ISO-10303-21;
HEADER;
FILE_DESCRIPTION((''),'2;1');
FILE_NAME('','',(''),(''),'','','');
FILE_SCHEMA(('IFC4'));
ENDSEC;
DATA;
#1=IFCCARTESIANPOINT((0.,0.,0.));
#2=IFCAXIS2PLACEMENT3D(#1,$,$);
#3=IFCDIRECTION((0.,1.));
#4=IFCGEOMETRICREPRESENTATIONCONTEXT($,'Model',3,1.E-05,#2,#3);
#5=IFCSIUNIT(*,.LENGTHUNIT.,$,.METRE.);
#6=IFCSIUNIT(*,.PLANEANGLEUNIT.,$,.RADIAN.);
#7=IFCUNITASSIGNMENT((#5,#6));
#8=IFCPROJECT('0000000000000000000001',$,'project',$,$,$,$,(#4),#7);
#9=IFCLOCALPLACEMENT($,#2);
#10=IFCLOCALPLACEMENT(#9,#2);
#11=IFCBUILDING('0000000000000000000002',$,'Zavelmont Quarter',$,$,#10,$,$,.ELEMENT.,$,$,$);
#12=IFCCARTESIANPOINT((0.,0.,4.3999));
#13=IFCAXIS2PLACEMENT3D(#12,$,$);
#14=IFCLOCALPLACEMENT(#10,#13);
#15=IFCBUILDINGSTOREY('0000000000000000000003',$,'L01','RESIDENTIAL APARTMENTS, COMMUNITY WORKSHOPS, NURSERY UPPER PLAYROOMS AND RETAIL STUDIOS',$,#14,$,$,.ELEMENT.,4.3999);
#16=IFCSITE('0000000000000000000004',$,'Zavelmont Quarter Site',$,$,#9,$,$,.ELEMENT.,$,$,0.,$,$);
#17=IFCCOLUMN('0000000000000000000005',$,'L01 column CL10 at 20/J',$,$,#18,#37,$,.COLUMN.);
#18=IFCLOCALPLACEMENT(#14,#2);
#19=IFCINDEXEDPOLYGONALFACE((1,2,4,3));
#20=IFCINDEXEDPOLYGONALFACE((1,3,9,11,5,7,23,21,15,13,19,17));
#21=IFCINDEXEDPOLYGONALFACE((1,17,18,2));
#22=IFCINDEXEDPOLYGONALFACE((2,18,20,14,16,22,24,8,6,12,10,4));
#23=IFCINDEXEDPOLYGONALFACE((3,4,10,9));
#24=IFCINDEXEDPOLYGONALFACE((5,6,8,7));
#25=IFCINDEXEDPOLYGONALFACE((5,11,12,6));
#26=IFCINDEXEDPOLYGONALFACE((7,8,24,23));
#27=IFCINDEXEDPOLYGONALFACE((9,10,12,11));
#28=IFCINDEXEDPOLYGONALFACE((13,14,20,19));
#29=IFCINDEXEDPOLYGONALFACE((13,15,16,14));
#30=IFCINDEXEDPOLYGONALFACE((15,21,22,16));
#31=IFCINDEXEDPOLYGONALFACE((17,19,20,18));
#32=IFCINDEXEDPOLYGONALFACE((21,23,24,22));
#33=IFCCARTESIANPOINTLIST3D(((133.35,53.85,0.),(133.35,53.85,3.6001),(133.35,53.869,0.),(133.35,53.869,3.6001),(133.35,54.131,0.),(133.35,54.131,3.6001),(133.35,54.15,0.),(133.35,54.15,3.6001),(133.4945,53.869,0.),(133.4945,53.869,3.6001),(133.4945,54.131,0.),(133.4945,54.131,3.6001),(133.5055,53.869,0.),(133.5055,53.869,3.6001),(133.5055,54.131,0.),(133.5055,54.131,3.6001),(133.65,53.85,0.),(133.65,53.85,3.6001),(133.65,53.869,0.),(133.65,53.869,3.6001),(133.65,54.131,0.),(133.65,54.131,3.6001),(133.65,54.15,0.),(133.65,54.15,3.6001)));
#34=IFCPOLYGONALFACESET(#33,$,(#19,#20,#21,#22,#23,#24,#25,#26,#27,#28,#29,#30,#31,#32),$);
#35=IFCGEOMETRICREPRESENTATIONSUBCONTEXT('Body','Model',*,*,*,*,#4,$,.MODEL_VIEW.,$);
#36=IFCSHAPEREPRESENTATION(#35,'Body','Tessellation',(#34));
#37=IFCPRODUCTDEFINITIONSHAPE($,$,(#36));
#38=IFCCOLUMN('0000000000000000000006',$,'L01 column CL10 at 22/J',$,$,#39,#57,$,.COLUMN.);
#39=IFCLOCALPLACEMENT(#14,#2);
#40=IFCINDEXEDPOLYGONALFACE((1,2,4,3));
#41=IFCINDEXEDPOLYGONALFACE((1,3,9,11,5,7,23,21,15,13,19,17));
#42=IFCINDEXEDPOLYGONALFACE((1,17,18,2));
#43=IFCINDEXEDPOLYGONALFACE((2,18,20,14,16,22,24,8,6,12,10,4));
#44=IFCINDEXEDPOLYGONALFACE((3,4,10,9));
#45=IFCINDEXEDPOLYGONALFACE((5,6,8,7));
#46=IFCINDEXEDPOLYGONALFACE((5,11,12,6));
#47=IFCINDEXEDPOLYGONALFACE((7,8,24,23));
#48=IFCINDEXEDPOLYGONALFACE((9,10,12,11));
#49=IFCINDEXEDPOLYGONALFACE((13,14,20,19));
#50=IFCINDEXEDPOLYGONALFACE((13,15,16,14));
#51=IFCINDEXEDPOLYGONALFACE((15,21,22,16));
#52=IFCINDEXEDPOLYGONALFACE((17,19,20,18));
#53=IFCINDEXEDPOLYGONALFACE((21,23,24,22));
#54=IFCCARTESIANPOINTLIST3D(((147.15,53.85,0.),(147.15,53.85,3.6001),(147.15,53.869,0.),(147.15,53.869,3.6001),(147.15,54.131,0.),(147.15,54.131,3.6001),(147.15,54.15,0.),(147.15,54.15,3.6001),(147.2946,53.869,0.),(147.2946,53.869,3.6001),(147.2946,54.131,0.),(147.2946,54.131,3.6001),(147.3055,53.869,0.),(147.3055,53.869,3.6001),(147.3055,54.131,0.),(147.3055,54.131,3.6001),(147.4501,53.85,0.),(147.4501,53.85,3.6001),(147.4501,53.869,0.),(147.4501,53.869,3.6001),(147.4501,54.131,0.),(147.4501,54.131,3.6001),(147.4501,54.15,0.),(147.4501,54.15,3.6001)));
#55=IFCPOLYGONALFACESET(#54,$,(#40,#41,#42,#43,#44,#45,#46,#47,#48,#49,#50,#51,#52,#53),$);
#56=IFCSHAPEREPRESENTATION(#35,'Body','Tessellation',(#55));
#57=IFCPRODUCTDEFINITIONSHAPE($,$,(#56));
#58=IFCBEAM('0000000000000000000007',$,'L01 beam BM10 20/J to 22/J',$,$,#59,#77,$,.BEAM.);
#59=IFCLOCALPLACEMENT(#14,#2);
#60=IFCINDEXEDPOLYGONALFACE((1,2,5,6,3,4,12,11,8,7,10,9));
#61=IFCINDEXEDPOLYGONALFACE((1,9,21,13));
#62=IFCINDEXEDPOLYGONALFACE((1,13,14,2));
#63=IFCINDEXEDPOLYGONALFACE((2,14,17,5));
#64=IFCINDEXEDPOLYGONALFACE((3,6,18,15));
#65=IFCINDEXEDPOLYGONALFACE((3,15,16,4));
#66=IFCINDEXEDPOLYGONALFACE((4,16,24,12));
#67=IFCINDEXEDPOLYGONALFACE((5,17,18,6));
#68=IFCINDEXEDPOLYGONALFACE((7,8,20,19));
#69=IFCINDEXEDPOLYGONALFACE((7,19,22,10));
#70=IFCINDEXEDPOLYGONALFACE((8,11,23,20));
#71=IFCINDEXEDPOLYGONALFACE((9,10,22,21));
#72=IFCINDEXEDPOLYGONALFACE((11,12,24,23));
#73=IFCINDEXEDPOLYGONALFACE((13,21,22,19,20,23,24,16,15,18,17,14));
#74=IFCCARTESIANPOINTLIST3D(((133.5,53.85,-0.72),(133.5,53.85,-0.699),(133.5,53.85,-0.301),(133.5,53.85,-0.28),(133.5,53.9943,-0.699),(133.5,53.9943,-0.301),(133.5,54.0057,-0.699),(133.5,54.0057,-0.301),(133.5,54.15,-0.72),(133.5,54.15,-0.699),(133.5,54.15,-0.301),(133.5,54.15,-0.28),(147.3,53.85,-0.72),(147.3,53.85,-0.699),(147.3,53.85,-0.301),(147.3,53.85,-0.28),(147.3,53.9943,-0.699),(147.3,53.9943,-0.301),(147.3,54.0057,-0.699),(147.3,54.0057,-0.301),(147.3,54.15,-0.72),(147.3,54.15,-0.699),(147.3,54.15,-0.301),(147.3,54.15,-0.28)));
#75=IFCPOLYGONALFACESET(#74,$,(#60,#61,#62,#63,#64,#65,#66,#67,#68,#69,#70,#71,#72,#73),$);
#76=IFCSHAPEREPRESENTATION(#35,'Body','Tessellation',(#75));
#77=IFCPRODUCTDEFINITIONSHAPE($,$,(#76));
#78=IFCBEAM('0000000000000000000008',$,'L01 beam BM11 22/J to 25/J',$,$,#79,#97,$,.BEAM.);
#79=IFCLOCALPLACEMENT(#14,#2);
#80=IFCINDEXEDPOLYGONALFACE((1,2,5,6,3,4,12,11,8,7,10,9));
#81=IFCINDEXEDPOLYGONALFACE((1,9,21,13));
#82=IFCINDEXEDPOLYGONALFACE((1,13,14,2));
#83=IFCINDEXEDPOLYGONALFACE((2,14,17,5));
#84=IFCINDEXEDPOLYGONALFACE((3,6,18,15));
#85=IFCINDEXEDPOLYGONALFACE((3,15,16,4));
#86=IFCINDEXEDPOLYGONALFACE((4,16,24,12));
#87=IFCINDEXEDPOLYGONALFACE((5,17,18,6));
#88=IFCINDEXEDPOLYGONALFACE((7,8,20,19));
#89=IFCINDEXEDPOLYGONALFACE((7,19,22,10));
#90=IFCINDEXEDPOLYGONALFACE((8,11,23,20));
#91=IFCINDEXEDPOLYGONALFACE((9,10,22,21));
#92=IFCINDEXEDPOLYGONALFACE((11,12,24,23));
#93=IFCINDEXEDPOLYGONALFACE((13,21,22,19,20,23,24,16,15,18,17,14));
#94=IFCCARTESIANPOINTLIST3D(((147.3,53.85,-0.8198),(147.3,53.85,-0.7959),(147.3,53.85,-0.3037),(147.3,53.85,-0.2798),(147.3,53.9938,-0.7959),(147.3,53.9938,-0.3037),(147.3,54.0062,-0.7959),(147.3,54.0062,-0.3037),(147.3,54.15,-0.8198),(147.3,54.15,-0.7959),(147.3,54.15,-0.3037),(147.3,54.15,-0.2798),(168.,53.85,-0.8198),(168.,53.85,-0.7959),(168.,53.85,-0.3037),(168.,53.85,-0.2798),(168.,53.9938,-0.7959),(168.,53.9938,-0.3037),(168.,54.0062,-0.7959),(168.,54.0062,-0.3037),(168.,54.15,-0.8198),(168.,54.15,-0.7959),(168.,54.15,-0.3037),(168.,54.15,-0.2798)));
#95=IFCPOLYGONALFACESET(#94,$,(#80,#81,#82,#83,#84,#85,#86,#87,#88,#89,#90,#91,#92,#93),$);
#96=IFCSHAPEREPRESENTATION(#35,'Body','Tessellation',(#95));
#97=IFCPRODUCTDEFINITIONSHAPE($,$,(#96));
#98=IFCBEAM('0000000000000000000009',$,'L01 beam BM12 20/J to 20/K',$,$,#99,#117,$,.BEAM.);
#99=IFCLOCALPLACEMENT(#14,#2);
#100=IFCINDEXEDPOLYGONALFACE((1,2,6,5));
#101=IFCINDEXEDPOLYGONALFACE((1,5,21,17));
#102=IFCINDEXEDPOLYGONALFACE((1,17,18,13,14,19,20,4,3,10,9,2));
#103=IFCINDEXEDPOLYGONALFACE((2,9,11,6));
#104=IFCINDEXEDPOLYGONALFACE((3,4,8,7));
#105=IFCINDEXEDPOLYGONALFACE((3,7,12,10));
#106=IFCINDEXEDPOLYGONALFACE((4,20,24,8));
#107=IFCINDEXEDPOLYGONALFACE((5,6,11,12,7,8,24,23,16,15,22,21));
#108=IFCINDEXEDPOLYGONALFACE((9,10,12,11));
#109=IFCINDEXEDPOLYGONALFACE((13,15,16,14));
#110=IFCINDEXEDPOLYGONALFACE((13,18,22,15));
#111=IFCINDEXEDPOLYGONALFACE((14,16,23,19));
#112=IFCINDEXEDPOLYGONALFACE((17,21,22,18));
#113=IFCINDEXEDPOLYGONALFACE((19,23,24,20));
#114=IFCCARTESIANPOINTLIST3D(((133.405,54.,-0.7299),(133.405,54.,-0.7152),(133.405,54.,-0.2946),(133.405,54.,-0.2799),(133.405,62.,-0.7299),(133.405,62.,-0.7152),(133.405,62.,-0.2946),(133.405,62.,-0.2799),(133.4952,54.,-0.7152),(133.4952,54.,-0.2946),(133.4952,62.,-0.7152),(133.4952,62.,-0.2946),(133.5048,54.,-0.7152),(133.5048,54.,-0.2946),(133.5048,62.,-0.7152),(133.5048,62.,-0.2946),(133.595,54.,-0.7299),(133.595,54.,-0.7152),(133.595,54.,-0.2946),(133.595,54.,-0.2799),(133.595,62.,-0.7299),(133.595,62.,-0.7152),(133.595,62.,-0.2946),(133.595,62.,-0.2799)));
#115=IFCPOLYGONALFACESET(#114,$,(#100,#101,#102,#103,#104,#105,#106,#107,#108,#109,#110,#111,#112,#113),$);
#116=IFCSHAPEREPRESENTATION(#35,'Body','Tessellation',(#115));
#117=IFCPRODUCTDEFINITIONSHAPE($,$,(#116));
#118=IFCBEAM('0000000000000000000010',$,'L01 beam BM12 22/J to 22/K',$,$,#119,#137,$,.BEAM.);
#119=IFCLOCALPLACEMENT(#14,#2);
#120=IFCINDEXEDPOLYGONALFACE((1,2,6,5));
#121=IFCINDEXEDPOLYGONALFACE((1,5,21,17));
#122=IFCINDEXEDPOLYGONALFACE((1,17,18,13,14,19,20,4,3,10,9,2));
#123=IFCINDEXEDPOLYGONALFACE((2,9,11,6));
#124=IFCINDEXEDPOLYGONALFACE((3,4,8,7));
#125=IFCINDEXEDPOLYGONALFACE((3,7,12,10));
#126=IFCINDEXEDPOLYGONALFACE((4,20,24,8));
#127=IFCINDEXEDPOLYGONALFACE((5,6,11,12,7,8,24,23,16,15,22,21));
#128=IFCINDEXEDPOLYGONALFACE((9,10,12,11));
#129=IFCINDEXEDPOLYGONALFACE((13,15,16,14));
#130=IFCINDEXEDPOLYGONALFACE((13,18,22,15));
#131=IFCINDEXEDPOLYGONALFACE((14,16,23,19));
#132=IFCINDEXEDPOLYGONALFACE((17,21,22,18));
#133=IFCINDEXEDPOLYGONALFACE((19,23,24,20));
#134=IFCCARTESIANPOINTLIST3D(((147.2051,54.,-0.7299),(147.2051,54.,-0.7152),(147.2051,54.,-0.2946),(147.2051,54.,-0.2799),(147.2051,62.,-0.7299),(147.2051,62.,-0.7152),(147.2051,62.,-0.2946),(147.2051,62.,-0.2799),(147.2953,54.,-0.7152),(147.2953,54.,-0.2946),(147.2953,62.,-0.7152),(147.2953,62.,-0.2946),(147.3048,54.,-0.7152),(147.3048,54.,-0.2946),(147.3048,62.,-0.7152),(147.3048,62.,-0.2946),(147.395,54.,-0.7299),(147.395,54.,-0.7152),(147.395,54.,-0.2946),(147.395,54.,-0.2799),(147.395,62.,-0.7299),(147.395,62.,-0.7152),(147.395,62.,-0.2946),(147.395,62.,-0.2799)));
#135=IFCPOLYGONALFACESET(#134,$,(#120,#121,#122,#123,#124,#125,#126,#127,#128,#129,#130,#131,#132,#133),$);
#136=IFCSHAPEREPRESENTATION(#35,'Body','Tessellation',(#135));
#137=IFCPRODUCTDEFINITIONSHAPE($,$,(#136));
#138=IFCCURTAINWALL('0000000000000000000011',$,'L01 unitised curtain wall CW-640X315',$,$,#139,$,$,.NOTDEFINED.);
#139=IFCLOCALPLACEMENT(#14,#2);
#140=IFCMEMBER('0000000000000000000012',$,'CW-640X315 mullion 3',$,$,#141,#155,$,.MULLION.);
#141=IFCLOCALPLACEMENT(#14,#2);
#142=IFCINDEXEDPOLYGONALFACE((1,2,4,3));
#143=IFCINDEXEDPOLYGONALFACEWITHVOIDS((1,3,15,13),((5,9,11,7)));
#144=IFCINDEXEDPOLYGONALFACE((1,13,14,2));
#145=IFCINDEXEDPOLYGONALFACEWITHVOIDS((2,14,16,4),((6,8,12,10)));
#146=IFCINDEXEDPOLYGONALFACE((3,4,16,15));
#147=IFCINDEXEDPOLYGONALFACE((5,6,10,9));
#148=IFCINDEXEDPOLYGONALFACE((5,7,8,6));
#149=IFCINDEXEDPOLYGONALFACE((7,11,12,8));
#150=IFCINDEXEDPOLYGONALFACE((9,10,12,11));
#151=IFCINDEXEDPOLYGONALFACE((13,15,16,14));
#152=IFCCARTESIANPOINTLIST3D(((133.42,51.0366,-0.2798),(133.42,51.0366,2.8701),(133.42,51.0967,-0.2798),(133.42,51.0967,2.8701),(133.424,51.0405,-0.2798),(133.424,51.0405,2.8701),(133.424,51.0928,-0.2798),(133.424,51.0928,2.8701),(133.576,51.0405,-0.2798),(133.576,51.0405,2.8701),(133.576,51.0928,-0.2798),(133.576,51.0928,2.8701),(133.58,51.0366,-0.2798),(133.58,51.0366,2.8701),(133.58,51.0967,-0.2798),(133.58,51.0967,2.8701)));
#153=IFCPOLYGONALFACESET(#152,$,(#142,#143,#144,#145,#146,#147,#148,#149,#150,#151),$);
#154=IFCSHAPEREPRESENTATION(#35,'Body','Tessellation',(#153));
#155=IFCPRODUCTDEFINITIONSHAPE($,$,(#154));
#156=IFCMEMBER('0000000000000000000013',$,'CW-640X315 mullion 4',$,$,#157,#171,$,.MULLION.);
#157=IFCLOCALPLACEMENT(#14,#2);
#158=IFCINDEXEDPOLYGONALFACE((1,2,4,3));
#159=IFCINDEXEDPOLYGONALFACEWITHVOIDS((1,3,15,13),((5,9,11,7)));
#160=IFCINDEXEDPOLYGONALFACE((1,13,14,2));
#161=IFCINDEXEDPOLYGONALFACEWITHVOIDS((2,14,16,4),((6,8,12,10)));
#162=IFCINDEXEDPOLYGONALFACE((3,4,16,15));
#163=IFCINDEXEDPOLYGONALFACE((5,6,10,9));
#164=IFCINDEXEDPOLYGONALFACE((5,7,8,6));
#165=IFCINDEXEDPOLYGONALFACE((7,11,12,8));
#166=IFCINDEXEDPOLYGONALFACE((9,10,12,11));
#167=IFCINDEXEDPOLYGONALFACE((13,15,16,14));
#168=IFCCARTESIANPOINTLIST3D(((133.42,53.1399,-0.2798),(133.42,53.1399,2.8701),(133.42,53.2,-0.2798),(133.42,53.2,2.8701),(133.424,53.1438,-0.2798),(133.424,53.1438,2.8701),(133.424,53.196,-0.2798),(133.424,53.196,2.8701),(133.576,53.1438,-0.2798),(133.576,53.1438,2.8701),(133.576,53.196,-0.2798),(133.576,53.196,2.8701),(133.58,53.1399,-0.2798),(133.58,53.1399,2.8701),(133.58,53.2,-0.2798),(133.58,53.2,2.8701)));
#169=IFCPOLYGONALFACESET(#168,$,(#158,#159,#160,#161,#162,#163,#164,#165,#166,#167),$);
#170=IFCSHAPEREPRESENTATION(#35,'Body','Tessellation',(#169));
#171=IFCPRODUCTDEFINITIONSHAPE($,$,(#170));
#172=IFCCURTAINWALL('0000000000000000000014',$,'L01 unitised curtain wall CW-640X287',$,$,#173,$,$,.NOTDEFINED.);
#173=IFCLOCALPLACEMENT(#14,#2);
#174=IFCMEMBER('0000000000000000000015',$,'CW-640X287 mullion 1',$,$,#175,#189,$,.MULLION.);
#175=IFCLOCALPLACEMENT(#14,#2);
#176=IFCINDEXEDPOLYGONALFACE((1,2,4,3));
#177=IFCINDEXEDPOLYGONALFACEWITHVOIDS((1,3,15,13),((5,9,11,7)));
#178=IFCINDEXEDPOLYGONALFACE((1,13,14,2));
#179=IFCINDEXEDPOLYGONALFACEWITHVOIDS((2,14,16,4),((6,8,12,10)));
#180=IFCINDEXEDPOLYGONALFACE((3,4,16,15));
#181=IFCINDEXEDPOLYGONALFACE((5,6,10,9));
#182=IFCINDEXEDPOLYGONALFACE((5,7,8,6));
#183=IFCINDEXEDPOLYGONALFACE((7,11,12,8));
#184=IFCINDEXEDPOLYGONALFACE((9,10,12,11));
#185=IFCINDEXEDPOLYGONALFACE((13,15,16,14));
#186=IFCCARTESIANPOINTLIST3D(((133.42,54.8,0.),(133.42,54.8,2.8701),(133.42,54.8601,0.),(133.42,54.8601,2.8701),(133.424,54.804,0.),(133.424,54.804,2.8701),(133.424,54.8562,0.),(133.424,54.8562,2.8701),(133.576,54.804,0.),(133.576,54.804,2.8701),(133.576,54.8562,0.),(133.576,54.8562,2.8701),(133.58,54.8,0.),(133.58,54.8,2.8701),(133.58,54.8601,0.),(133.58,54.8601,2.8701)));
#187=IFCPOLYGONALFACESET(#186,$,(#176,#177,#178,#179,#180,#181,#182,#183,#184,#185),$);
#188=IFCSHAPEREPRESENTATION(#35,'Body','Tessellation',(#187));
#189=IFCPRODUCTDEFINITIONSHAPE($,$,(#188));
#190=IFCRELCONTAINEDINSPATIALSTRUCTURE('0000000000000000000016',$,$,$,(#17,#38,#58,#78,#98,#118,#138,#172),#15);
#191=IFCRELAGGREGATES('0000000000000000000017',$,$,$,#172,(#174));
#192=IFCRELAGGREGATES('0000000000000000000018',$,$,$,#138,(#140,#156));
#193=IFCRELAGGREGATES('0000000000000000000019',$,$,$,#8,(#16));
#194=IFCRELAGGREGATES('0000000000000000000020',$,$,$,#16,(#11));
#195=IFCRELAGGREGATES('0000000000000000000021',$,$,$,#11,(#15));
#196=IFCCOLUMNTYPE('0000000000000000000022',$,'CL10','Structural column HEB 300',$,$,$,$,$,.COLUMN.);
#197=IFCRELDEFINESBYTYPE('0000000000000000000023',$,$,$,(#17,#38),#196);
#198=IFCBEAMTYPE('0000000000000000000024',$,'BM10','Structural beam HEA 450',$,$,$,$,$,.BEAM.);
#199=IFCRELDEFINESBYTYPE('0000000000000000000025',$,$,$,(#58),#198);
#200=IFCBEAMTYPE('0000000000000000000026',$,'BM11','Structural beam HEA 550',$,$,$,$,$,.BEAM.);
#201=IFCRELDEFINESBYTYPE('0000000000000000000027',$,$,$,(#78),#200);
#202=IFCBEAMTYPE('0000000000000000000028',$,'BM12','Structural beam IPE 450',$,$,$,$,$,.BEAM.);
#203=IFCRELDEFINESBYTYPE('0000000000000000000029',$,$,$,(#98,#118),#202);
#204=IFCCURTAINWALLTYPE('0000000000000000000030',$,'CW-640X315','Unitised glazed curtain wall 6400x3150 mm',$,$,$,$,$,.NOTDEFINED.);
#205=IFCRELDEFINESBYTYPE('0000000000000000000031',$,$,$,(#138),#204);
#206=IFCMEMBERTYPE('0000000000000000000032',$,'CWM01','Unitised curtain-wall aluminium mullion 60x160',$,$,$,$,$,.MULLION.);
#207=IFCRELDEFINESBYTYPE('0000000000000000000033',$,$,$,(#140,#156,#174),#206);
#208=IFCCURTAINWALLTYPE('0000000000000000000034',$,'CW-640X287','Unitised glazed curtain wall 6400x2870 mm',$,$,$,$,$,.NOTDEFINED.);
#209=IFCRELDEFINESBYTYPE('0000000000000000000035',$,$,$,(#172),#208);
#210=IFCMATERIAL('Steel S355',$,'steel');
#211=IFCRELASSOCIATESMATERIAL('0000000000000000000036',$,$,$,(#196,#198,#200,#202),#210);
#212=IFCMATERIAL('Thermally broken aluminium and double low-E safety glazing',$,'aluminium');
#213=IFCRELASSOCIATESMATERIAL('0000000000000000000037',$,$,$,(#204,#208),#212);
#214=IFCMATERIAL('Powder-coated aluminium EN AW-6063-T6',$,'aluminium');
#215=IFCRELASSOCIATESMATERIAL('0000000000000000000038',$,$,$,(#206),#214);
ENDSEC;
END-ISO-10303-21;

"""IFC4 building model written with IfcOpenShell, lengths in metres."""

from ifc_helpers import new_model, si_unit, direction, frame, origin, origin_2d, place, context, subcontext, project, spatial, hollow_rectangle, i_section, extrude, material, material_profile, profile_set, type_object, element, aggregate, save


model = new_model("IFC4")

# Units and contexts
model_context = context("Model", 3, precision=1e-05, world=origin(), true_north=direction((0.0, 1.0)))
body_context = subcontext(model_context, "Body", "Model", "MODEL_VIEW")
ifc_project = project(units=[si_unit("LENGTHUNIT", "METRE"), si_unit("PLANEANGLEUNIT", "RADIAN")], contexts=[model_context])

# Site, building, storey
site_placement = place(None, origin())
site = spatial("IfcSite", under=ifc_project, at=site_placement, Name="Zavelmont Quarter Site", CompositionType="ELEMENT", RefElevation=0.0)
building_placement = place(site_placement, origin())
building = spatial("IfcBuilding", under=site, at=building_placement, Name="Zavelmont Quarter", CompositionType="ELEMENT")
storey_placement = place(building_placement, frame((0.0, 0.0, 4.3999)))
storey = spatial("IfcBuildingStorey", under=building, at=storey_placement, Name="L01", Description="RESIDENTIAL APARTMENTS, COMMUNITY WORKSHOPS, NURSERY UPPER PLAYROOMS AND RETAIL STUDIOS", CompositionType="ELEMENT", Elevation=4.3999)

# Columns
ifc_material_1 = material(Name="Steel S355", Category="steel")
ifc_material_profile_1 = material_profile(ifc_material_1, i_section(OverallWidth=0.3, OverallDepth=0.3, WebThickness=0.011, FlangeThickness=0.019, at=origin_2d()), Name="HEB 300")
ifc_profile_set_1 = profile_set([ifc_material_profile_1], Name="Steel S355")
column_type = type_object("IfcColumnType", Name="CL10", Description="Structural column HEB 300", PredefinedType="COLUMN", material=ifc_profile_set_1)
for number, where, z_axis, x_axis, name in (
    (1, (133.5, 54.0, 0.0), (0.0, 0.0, 1.0), (1.0, 0.0, 0.0), "L01 column CL10 at 20/J"),
    (2, (147.3, 54.0, 0.0), (0.0, 0.0, 1.0), (1.0, 0.0, 0.0), "L01 column CL10 at 22/J"),
):
    element("IfcColumn", number, at=place(storey_placement, frame(where, z_axis=z_axis, x_axis=x_axis)), inside=storey, type_object=column_type, Name=name, PredefinedType="COLUMN", context=body_context, shape_type="SweptSolid", body=[
        extrude(i_section(OverallWidth=0.3, OverallDepth=0.3, WebThickness=0.011, FlangeThickness=0.019, at=origin_2d()), origin(), (0.0, 0.0, 1.0), 3.6001),
    ])

# Beams
ifc_material_profile_2 = material_profile(ifc_material_1, i_section(OverallWidth=0.3, OverallDepth=0.4399, WebThickness=0.0115, FlangeThickness=0.021, at=origin_2d()), Name="HEA 450")
ifc_profile_set_2 = profile_set([ifc_material_profile_2], Name="Steel S355")
beam_type_1 = type_object("IfcBeamType", Name="BM10", Description="Structural beam HEA 450", PredefinedType="BEAM", material=ifc_profile_set_2)
beam_1_placement = place(storey_placement, frame((133.5, 54.0, -0.5), z_axis=(1.0, 0.0, 0.0), x_axis=(0.0, 1.0, 0.0)))
element("IfcBeam", 3, at=beam_1_placement, inside=storey, type_object=beam_type_1, Name="L01 beam BM10 20/J to 22/J", PredefinedType="BEAM", context=body_context, shape_type="SweptSolid", body=[
    extrude(i_section(OverallWidth=0.3, OverallDepth=0.4399, WebThickness=0.0115, FlangeThickness=0.021, at=origin_2d()), origin(), (0.0, 0.0, 1.0), 13.8),
])
ifc_material_profile_3 = material_profile(ifc_material_1, i_section(OverallWidth=0.3, OverallDepth=0.54, WebThickness=0.0125, FlangeThickness=0.0239, at=origin_2d()), Name="HEA 550")
ifc_profile_set_3 = profile_set([ifc_material_profile_3], Name="Steel S355")
beam_type_2 = type_object("IfcBeamType", Name="BM11", Description="Structural beam HEA 550", PredefinedType="BEAM", material=ifc_profile_set_3)
beam_2_placement = place(storey_placement, frame((147.3, 54.0, -0.5498), z_axis=(1.0, 0.0, 0.0), x_axis=(0.0, 1.0, 0.0)))
element("IfcBeam", 4, at=beam_2_placement, inside=storey, type_object=beam_type_2, Name="L01 beam BM11 22/J to 25/J", PredefinedType="BEAM", context=body_context, shape_type="SweptSolid", body=[
    extrude(i_section(OverallWidth=0.3, OverallDepth=0.54, WebThickness=0.0125, FlangeThickness=0.0239, at=origin_2d()), origin(), (0.0, 0.0, 1.0), 20.7),
])
ifc_material_profile_4 = material_profile(ifc_material_1, i_section(OverallWidth=0.1899, OverallDepth=0.45, WebThickness=0.0095, FlangeThickness=0.0146, at=origin_2d()), Name="IPE 450")
ifc_profile_set_4 = profile_set([ifc_material_profile_4], Name="Steel S355")
beam_type_3 = type_object("IfcBeamType", Name="BM12", Description="Structural beam IPE 450", PredefinedType="BEAM", material=ifc_profile_set_4)
for number, where, z_axis, x_axis, name in (
    (5, (133.5, 54.0, -0.5049), (0.0, 1.0, 0.0), (-1.0, 0.0, 0.0), "L01 beam BM12 20/J to 20/K"),
    (6, (147.3, 54.0, -0.5049), (0.0, 1.0, 0.0), (-1.0, 0.0, 0.0), "L01 beam BM12 22/J to 22/K"),
):
    element("IfcBeam", number, at=place(storey_placement, frame(where, z_axis=z_axis, x_axis=x_axis)), inside=storey, type_object=beam_type_3, Name=name, PredefinedType="BEAM", context=body_context, shape_type="SweptSolid", body=[
        extrude(i_section(OverallWidth=0.1899, OverallDepth=0.45, WebThickness=0.0095, FlangeThickness=0.0146, at=origin_2d()), origin(), (0.0, 0.0, 1.0), 8.0),
    ])

# Curtain wall, members
ifc_material_2 = material(Name="Thermally broken aluminium and double low-E safety glazing", Category="aluminium")
curtain_wall_type_1 = type_object("IfcCurtainWallType", Name="CW-640X315", Description="Unitised glazed curtain wall 6400x3150 mm", PredefinedType="NOTDEFINED", material=ifc_material_2)
curtain_wall_1_placement = place(storey_placement, origin())
curtain_wall_1 = element("IfcCurtainWall", 7, at=curtain_wall_1_placement, inside=storey, type_object=curtain_wall_type_1, Name="L01 unitised curtain wall CW-640X315", PredefinedType="NOTDEFINED")
ifc_material_3 = material(Name="Powder-coated aluminium EN AW-6063-T6", Category="aluminium")
ifc_material_profile_5 = material_profile(ifc_material_3, hollow_rectangle(XDim=0.0601, YDim=0.1599, WallThickness=0.0039, at=origin_2d()), Name="CWM60X160")
ifc_profile_set_5 = profile_set([ifc_material_profile_5], Name="Powder-coated aluminium EN AW-6063-T6")
member_type_1 = type_object("IfcMemberType", Name="CWM01", Description="Unitised curtain-wall aluminium mullion 60x160", PredefinedType="MULLION", material=ifc_profile_set_5)
member_1_placement = place(storey_placement, frame((133.5, 51.0667, -0.2798), z_axis=(0.0, 0.0, 1.0), x_axis=(0.0, 1.0, 0.0)))
member_1 = element("IfcMember", 8, at=member_1_placement, type_object=member_type_1, Name="CW-640X315 mullion 3", PredefinedType="MULLION", context=body_context, shape_type="SweptSolid", body=[
    extrude(hollow_rectangle(XDim=0.0601, YDim=0.1599, WallThickness=0.0039, at=origin_2d()), origin(), (0.0, 0.0, 1.0), 3.1499),
])
member_2_placement = place(storey_placement, frame((133.5, 53.1699, -0.2798), z_axis=(0.0, 0.0, 1.0), x_axis=(0.0, 1.0, 0.0)))
member_2 = element("IfcMember", 9, at=member_2_placement, type_object=member_type_1, Name="CW-640X315 mullion 4", PredefinedType="MULLION", context=body_context, shape_type="SweptSolid", body=[
    extrude(hollow_rectangle(XDim=0.0601, YDim=0.1599, WallThickness=0.0039, at=origin_2d()), origin(), (0.0, 0.0, 1.0), 3.1499),
])

# Curtain wall, member
curtain_wall_type_2 = type_object("IfcCurtainWallType", Name="CW-640X287", Description="Unitised glazed curtain wall 6400x2870 mm", PredefinedType="NOTDEFINED", material=ifc_material_2)
curtain_wall_2_placement = place(storey_placement, origin())
curtain_wall_2 = element("IfcCurtainWall", 10, at=curtain_wall_2_placement, inside=storey, type_object=curtain_wall_type_2, Name="L01 unitised curtain wall CW-640X287", PredefinedType="NOTDEFINED")
member_3_placement = place(storey_placement, frame((133.5, 54.8301, 0.0), z_axis=(0.0, 0.0, 1.0), x_axis=(0.0, 1.0, 0.0)))
member_3 = element("IfcMember", 11, at=member_3_placement, type_object=member_type_1, Name="CW-640X287 mullion 1", PredefinedType="MULLION", context=body_context, shape_type="SweptSolid", body=[
    extrude(hollow_rectangle(XDim=0.0601, YDim=0.1599, WallThickness=0.0039, at=origin_2d()), origin(), (0.0, 0.0, 1.0), 2.8701),
])

aggregate(curtain_wall_2, [member_3])
aggregate(curtain_wall_1, [member_1, member_2])

save(model, "model.ifc")
